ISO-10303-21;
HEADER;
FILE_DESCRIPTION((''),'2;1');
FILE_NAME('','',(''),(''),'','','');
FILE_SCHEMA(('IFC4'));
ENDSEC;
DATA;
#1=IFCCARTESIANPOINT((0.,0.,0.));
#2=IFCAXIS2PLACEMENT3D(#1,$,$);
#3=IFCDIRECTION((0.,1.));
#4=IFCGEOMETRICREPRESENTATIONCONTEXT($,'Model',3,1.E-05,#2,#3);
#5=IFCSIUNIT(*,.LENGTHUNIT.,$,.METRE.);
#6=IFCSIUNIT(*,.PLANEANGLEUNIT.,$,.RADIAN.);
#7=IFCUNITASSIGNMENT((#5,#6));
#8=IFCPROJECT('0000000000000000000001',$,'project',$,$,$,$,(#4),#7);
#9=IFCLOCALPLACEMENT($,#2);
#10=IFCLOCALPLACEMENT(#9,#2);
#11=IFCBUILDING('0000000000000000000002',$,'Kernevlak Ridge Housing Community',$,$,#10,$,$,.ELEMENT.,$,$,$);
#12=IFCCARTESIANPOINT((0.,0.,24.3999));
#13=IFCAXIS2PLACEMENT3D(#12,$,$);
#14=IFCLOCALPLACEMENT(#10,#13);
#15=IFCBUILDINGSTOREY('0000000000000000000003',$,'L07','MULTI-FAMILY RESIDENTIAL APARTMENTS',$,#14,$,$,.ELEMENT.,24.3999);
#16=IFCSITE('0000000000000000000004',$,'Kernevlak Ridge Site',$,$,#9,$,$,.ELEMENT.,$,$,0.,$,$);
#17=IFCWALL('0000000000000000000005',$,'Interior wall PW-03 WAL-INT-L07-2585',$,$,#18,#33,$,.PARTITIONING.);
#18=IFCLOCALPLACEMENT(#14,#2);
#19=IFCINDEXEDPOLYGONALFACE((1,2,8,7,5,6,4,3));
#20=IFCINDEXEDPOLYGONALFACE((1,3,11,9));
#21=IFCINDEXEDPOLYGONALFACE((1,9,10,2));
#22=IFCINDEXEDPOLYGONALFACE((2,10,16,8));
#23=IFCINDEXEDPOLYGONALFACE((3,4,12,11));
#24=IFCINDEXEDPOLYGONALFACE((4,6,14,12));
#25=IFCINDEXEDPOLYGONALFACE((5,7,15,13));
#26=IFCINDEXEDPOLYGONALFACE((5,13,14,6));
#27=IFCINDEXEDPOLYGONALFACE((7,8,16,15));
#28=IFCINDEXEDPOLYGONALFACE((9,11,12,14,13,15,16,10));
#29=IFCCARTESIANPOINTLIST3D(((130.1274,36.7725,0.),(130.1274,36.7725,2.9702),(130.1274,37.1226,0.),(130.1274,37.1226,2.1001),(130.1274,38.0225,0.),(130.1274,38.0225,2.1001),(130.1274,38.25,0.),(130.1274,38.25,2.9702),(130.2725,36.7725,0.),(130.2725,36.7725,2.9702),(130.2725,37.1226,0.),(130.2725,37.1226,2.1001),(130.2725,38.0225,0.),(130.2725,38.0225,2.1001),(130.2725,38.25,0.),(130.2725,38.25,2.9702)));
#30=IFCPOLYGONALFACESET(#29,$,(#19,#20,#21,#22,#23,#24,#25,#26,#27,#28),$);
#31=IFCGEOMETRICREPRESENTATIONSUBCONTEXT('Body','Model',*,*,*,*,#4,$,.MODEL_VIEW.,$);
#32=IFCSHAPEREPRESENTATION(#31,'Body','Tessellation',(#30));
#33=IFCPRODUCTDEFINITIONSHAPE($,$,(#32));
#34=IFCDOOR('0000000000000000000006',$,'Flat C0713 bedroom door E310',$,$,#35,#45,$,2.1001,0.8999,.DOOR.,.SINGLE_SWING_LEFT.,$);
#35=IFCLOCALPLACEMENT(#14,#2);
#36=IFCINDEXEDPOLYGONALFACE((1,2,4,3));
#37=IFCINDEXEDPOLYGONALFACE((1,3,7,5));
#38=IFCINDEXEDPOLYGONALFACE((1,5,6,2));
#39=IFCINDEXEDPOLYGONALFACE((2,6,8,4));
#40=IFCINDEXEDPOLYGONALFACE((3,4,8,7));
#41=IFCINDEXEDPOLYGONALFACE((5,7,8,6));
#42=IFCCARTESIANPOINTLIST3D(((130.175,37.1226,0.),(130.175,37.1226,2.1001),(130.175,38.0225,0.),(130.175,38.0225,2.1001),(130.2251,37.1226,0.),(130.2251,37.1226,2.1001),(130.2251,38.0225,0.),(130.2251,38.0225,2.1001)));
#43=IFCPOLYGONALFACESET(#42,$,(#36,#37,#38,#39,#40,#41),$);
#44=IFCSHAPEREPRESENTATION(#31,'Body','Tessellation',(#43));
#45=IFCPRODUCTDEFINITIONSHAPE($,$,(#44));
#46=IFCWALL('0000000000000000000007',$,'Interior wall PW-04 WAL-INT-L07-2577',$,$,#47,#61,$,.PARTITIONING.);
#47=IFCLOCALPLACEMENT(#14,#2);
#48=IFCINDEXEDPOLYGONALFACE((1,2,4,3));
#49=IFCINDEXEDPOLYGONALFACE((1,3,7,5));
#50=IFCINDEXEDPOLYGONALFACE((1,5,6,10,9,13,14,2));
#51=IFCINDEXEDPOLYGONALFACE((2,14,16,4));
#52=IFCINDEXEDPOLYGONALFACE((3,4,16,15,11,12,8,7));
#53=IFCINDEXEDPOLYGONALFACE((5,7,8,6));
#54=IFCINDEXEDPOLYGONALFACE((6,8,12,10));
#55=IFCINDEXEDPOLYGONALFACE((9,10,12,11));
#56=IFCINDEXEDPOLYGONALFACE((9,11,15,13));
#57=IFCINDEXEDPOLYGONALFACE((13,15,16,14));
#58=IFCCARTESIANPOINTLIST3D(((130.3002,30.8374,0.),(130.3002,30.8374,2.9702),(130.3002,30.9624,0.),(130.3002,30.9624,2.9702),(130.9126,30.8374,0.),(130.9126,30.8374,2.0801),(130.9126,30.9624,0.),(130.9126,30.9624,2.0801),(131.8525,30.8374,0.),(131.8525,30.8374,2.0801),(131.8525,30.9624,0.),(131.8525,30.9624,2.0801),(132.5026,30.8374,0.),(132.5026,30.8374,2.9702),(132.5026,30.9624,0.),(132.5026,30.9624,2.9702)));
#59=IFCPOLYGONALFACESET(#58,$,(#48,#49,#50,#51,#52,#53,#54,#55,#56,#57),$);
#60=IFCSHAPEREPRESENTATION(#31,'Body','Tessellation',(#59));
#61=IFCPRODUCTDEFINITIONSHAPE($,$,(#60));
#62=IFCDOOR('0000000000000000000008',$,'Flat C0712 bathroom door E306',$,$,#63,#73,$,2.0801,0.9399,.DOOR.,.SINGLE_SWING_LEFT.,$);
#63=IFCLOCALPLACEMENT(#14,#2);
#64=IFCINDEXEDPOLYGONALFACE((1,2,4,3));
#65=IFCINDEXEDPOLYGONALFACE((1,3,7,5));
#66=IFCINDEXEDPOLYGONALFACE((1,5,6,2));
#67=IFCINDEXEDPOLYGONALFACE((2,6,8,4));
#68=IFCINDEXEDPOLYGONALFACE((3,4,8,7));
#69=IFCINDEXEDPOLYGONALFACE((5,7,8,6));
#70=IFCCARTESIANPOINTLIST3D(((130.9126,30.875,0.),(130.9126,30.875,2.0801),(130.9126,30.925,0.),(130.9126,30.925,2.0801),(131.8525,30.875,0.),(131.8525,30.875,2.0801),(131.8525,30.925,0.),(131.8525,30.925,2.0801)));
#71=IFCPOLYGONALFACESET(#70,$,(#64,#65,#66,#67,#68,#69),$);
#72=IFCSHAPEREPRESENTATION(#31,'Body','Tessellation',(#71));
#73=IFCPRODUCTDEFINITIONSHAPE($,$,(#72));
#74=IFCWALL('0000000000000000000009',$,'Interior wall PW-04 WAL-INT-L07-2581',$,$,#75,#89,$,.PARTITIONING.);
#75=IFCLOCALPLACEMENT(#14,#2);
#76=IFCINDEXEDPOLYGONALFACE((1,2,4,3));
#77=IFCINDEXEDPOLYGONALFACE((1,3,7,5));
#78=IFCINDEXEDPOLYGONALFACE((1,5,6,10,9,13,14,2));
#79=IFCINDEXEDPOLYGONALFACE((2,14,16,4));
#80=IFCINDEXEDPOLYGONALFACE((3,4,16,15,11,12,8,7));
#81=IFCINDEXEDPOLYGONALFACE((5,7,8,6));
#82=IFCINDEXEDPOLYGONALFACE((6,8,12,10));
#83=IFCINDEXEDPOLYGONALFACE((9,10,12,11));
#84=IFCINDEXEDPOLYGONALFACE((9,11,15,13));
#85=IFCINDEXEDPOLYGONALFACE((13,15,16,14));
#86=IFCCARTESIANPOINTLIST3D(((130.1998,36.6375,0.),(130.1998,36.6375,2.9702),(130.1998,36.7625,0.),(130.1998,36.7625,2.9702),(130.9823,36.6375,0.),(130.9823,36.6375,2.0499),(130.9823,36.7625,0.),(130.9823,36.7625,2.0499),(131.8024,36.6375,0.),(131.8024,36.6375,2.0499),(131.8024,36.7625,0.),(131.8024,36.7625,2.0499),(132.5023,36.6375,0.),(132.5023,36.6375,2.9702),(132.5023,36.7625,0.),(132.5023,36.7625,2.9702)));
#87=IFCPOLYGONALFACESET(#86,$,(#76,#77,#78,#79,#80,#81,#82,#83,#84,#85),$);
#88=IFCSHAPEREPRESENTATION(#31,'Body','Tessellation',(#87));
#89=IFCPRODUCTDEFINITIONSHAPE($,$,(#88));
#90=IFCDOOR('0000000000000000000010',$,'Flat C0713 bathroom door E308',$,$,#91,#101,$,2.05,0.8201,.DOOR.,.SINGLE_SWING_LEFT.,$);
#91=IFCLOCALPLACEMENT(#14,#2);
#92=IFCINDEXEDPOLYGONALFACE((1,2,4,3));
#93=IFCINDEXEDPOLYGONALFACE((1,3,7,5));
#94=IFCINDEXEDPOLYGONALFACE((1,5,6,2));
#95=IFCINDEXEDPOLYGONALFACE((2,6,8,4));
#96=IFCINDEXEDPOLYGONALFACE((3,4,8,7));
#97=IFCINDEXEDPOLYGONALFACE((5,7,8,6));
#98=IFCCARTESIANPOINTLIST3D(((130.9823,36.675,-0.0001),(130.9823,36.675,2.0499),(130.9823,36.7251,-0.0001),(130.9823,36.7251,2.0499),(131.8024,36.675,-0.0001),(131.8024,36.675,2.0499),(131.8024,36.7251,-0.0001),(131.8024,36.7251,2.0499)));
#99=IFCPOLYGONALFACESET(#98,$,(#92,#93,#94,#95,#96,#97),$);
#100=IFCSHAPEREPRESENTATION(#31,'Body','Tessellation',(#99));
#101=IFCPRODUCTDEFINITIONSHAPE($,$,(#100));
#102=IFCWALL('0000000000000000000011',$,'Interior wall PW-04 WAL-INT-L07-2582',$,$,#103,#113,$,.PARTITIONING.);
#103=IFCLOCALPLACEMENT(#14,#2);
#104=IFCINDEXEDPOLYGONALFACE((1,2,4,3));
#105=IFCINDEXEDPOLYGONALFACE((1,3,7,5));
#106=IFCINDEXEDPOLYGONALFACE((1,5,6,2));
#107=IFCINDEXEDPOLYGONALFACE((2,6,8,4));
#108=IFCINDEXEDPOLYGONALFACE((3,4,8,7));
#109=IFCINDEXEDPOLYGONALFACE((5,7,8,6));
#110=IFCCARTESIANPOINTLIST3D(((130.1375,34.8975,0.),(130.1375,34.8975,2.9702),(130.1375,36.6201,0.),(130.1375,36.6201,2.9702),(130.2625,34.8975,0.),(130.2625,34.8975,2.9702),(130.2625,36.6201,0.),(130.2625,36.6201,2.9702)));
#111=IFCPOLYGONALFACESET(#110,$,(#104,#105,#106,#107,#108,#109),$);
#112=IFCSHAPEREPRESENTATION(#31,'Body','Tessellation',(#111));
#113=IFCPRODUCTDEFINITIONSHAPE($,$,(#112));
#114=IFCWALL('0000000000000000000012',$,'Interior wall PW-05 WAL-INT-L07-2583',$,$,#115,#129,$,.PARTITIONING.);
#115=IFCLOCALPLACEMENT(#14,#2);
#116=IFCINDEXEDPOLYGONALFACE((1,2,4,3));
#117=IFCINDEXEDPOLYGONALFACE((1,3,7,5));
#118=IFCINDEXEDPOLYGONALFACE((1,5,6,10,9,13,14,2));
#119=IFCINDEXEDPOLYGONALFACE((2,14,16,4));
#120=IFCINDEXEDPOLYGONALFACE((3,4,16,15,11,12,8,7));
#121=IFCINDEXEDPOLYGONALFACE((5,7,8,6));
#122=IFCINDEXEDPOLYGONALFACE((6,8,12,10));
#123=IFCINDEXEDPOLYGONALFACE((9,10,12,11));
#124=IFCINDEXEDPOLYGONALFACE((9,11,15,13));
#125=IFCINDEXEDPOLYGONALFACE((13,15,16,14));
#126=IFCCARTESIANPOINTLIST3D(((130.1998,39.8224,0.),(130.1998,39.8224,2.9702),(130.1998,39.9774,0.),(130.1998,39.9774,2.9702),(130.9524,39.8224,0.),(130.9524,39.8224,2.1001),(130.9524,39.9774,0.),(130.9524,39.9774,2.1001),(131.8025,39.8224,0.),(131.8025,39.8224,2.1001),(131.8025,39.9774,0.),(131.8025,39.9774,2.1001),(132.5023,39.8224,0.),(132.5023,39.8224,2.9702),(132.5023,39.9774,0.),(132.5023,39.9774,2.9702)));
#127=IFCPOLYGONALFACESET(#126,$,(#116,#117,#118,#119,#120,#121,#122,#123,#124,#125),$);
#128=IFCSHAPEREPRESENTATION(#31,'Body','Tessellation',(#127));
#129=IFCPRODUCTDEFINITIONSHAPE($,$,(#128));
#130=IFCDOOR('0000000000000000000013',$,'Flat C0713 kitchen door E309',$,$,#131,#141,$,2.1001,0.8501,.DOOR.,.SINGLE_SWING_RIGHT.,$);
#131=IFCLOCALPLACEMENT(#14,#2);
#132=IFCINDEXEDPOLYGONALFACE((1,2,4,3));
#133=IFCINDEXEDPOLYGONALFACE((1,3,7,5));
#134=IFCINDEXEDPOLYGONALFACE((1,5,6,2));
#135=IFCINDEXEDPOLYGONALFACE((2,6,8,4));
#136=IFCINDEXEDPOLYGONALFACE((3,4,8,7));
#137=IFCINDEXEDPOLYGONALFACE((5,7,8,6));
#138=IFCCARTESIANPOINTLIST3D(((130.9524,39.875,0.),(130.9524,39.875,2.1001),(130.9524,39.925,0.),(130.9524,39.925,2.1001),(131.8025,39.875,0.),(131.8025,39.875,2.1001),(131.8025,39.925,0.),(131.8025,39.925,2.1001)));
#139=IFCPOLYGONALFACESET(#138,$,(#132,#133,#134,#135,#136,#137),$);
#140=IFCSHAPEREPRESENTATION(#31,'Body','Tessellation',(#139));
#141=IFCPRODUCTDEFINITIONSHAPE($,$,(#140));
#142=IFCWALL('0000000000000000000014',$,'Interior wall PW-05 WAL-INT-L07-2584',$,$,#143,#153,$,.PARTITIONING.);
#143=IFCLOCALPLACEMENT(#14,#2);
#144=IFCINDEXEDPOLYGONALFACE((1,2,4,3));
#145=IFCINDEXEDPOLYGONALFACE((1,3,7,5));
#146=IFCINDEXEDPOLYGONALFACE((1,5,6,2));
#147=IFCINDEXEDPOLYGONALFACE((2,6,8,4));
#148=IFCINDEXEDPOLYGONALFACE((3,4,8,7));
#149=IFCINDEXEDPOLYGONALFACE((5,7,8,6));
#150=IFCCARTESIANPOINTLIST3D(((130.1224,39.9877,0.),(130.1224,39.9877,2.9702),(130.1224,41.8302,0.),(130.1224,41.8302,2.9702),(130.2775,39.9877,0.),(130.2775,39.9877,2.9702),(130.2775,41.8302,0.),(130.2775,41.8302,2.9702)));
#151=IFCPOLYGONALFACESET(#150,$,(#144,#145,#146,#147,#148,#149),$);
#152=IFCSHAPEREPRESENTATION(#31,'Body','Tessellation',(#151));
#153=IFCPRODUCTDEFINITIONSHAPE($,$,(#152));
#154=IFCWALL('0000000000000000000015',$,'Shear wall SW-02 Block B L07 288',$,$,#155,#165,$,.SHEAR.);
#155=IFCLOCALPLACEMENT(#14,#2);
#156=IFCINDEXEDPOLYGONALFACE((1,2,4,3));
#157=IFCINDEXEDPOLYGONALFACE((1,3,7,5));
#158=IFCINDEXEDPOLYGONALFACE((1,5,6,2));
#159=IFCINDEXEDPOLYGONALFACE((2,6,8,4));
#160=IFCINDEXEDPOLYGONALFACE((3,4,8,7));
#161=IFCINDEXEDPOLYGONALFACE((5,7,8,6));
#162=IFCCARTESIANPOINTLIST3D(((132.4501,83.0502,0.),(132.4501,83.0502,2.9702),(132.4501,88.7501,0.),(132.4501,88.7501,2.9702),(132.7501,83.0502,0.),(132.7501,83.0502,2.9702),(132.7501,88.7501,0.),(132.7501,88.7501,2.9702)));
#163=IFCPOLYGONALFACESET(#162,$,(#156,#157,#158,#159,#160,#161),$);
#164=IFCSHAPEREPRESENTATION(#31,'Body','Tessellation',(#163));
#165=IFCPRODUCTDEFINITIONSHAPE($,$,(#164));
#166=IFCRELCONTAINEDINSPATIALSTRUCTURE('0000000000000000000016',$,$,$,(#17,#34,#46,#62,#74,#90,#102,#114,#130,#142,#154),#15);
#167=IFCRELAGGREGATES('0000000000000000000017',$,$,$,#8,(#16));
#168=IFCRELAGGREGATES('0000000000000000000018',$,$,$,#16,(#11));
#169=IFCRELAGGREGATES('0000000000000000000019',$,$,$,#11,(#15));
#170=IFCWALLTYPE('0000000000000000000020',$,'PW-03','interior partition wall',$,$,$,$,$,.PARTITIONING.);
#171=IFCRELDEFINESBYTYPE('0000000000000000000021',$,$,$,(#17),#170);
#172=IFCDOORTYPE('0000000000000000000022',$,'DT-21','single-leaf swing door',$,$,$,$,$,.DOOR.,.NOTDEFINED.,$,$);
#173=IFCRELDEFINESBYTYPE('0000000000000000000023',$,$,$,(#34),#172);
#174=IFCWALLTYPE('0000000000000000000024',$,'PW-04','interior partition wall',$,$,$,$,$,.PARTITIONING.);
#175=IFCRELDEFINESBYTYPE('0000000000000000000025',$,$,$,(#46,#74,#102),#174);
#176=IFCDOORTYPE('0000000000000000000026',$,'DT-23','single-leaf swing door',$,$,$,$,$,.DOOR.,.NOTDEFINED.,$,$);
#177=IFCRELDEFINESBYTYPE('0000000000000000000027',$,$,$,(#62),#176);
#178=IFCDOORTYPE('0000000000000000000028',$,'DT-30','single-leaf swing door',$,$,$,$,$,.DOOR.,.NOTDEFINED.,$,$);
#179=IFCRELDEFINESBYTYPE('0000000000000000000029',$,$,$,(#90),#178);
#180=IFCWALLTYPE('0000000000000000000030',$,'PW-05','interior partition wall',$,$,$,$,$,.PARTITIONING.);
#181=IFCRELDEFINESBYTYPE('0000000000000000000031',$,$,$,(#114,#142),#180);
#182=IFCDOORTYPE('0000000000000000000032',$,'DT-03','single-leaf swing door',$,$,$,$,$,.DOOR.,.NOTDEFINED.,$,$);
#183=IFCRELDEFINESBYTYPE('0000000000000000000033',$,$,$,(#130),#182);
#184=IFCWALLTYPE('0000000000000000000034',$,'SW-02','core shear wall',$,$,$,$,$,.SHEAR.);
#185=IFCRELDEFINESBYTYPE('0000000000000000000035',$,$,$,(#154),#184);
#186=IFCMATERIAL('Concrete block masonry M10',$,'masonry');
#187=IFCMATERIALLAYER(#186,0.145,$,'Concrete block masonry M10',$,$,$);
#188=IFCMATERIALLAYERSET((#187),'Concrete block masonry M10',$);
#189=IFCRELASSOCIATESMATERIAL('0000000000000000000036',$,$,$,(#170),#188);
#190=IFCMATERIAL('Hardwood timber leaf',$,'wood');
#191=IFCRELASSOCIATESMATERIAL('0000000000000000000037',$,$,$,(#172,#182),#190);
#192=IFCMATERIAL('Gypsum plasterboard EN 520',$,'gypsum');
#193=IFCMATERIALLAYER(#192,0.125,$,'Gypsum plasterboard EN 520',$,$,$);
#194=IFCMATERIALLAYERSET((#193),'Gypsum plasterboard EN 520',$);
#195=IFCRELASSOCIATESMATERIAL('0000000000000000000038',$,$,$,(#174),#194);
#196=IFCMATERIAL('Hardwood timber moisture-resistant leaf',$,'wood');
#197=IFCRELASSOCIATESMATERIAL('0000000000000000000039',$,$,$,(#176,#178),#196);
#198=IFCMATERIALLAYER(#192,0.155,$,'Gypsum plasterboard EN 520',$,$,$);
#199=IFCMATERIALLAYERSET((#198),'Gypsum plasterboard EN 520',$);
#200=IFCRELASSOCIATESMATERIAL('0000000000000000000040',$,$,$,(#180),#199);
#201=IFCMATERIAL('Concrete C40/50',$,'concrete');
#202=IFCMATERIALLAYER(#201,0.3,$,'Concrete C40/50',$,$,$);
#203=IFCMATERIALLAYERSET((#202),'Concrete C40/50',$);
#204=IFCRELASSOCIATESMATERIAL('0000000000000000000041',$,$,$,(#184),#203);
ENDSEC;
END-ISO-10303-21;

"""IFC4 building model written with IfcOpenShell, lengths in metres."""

from ifc_helpers import new_model, si_unit, direction, frame, frame_2d, origin, place, context, subcontext, project, spatial, rectangle, extrude, material, layer, layer_set, type_object, element, fill, save


model = new_model("IFC4")

# Units and contexts
model_context = context("Model", 3, precision=1e-05, world=origin(), true_north=direction((0.0, 1.0)))
body_context = subcontext(model_context, "Body", "Model", "MODEL_VIEW")
ifc_project = project(units=[si_unit("LENGTHUNIT", "METRE"), si_unit("PLANEANGLEUNIT", "RADIAN")], contexts=[model_context])

# Site, building, storey
site_placement = place(None, origin())
site = spatial("IfcSite", under=ifc_project, at=site_placement, Name="Kernevlak Ridge Site", CompositionType="ELEMENT", RefElevation=0.0)
building_placement = place(site_placement, origin())
building = spatial("IfcBuilding", under=site, at=building_placement, Name="Kernevlak Ridge Housing Community", CompositionType="ELEMENT")
storey_placement = place(building_placement, frame((0.0, 0.0, 24.3999)))
storey = spatial("IfcBuildingStorey", under=building, at=storey_placement, Name="L07", Description="MULTI-FAMILY RESIDENTIAL APARTMENTS", CompositionType="ELEMENT", Elevation=24.3999)

# Shared definitions
ifc_material_1 = material(Name="Concrete C40/50", Category="concrete")

# Shared definitions
ifc_material_2 = material(Name="Concrete block masonry M10", Category="masonry")

# Walls, openings, doors
ifc_layer_1 = layer(ifc_material_2, 0.145, Name="Concrete block masonry M10")
ifc_layer_set_1 = layer_set([ifc_layer_1], Name="Concrete block masonry M10")
wall_type_1 = type_object("IfcWallType", Name="PW-03", Description="interior partition wall", PredefinedType="PARTITIONING", material=ifc_layer_set_1)
wall_1_placement = place(storey_placement, frame((130.2, 36.7725, 0.0), z_axis=(0.0, 0.0, 1.0), x_axis=(0.0, 1.0, 0.0)))
wall_1 = element("IfcWall", 1, at=wall_1_placement, inside=storey, type_object=wall_type_1, Name="Interior wall PW-03 WAL-INT-L07-2585", PredefinedType="PARTITIONING", context=body_context, shape_type="SweptSolid", body=[
    extrude(rectangle(XDim=1.4775, YDim=0.145, at=frame_2d((0.7388, 0.0))), origin(), (0.0, 0.0, 1.0), 2.9702),
])
opening_1_placement = place(wall_1_placement, frame((0.3501, 0.0, 0.0)))
opening_1 = element("IfcOpeningElement", 2, at=opening_1_placement, cuts=wall_1, PredefinedType="OPENING", context=body_context, shape_type="SweptSolid", body=[
    extrude(rectangle(XDim=0.8999, YDim=2.1001, at=frame_2d((0.45, 1.05))), frame((0.0, 0.0825, 0.0), z_axis=(0.0, -1.0, 0.0), x_axis=(1.0, 0.0, 0.0)), (0.0, 0.0, 1.0), 0.165),
])
ifc_material_3 = material(Name="Hardwood timber leaf", Category="wood")
door_type_1 = type_object("IfcDoorType", Name="DT-21", Description="single-leaf swing door", OperationType="NOTDEFINED", PredefinedType="DOOR", material=ifc_material_3)
door_1_placement = place(opening_1_placement, origin())
door_1 = element("IfcDoor", 3, at=door_1_placement, inside=storey, type_object=door_type_1, Name="Flat C0713 bedroom door E310", OperationType="SINGLE_SWING_LEFT", OverallHeight=2.1001, OverallWidth=0.8999, PredefinedType="DOOR", context=body_context, shape_type="SweptSolid", body=[
    extrude(rectangle(XDim=0.8999, YDim=2.1001, at=frame_2d((0.45, 1.05))), frame((0.0, 0.0249, 0.0), z_axis=(0.0, -1.0, 0.0), x_axis=(1.0, 0.0, 0.0)), (0.0, 0.0, 1.0), 0.05),
])
fill(opening_1, door_1)
ifc_material_4 = material(Name="Gypsum plasterboard EN 520", Category="gypsum")
ifc_layer_2 = layer(ifc_material_4, 0.125, Name="Gypsum plasterboard EN 520")
ifc_layer_set_2 = layer_set([ifc_layer_2], Name="Gypsum plasterboard EN 520")
wall_type_2 = type_object("IfcWallType", Name="PW-04", Description="interior partition wall", PredefinedType="PARTITIONING", material=ifc_layer_set_2)
wall_2_placement = place(storey_placement, frame((132.5024, 30.8999, 0.0), z_axis=(0.0, 0.0, 1.0), x_axis=(-1.0, 0.0, 0.0)))
wall_2 = element("IfcWall", 4, at=wall_2_placement, inside=storey, type_object=wall_type_2, Name="Interior wall PW-04 WAL-INT-L07-2577", PredefinedType="PARTITIONING", context=body_context, shape_type="SweptSolid", body=[
    extrude(rectangle(XDim=2.2024, YDim=0.125, at=frame_2d((1.1011, 0.0))), origin(), (0.0, 0.0, 1.0), 2.9702),
])
opening_2_placement = place(wall_2_placement, frame((0.6499, 0.0, 0.0)))
opening_2 = element("IfcOpeningElement", 5, at=opening_2_placement, cuts=wall_2, PredefinedType="OPENING", context=body_context, shape_type="SweptSolid", body=[
    extrude(rectangle(XDim=0.9399, YDim=2.0801, at=frame_2d((0.47, 1.04))), frame((0.0, 0.0725, 0.0), z_axis=(0.0, -1.0, 0.0), x_axis=(1.0, 0.0, 0.0)), (0.0, 0.0, 1.0), 0.145),
])
ifc_material_5 = material(Name="Hardwood timber moisture-resistant leaf", Category="wood")
door_type_2 = type_object("IfcDoorType", Name="DT-23", Description="single-leaf swing door", OperationType="NOTDEFINED", PredefinedType="DOOR", material=ifc_material_5)
door_2_placement = place(opening_2_placement, origin())
door_2 = element("IfcDoor", 6, at=door_2_placement, inside=storey, type_object=door_type_2, Name="Flat C0712 bathroom door E306", OperationType="SINGLE_SWING_LEFT", OverallHeight=2.0801, OverallWidth=0.9399, PredefinedType="DOOR", context=body_context, shape_type="SweptSolid", body=[
    extrude(rectangle(XDim=0.9399, YDim=2.0801, at=frame_2d((0.47, 1.04))), frame((0.0, 0.0249, 0.0), z_axis=(0.0, -1.0, 0.0), x_axis=(1.0, 0.0, 0.0)), (0.0, 0.0, 1.0), 0.05),
])
fill(opening_2, door_2)
wall_3_placement = place(storey_placement, frame((132.5024, 36.7, 0.0), z_axis=(0.0, 0.0, 1.0), x_axis=(-1.0, 0.0, 0.0)))
wall_3 = element("IfcWall", 7, at=wall_3_placement, inside=storey, type_object=wall_type_2, Name="Interior wall PW-04 WAL-INT-L07-2581", PredefinedType="PARTITIONING", context=body_context, shape_type="SweptSolid", body=[
    extrude(rectangle(XDim=2.3025, YDim=0.125, at=frame_2d((1.1514, 0.0))), origin(), (0.0, 0.0, 1.0), 2.9702),
])
opening_3_placement = place(wall_3_placement, frame((0.7, 0.0, 0.0)))
opening_3 = element("IfcOpeningElement", 8, at=opening_3_placement, cuts=wall_3, PredefinedType="OPENING", context=body_context, shape_type="SweptSolid", body=[
    extrude(rectangle(XDim=0.8201, YDim=2.05, at=frame_2d((0.4102, 1.0249))), frame((0.0, 0.0725, 0.0), z_axis=(0.0, -1.0, 0.0), x_axis=(1.0, 0.0, 0.0)), (0.0, 0.0, 1.0), 0.145),
])
door_type_3 = type_object("IfcDoorType", Name="DT-30", Description="single-leaf swing door", OperationType="NOTDEFINED", PredefinedType="DOOR", material=ifc_material_5)
door_3_placement = place(opening_3_placement, origin())
door_3 = element("IfcDoor", 9, at=door_3_placement, inside=storey, type_object=door_type_3, Name="Flat C0713 bathroom door E308", OperationType="SINGLE_SWING_LEFT", OverallHeight=2.05, OverallWidth=0.8201, PredefinedType="DOOR", context=body_context, shape_type="SweptSolid", body=[
    extrude(rectangle(XDim=0.8201, YDim=2.05, at=frame_2d((0.4102, 1.0249))), frame((0.0, 0.0249, 0.0), z_axis=(0.0, -1.0, 0.0), x_axis=(1.0, 0.0, 0.0)), (0.0, 0.0, 1.0), 0.05),
])
fill(opening_3, door_3)

# Wall
wall_4_placement = place(storey_placement, frame((130.2, 34.8975, 0.0), z_axis=(0.0, 0.0, 1.0), x_axis=(0.0, 1.0, 0.0)))
element("IfcWall", 10, at=wall_4_placement, inside=storey, type_object=wall_type_2, Name="Interior wall PW-04 WAL-INT-L07-2582", PredefinedType="PARTITIONING", context=body_context, shape_type="SweptSolid", body=[
    extrude(rectangle(XDim=1.7227, YDim=0.125, at=frame_2d((0.8613, 0.0))), origin(), (0.0, 0.0, 1.0), 2.9702),
])

# Wall, opening, door
ifc_layer_3 = layer(ifc_material_4, 0.155, Name="Gypsum plasterboard EN 520")
ifc_layer_set_3 = layer_set([ifc_layer_3], Name="Gypsum plasterboard EN 520")
wall_type_3 = type_object("IfcWallType", Name="PW-05", Description="interior partition wall", PredefinedType="PARTITIONING", material=ifc_layer_set_3)
wall_5_placement = place(storey_placement, frame((132.5024, 39.8999, 0.0), z_axis=(0.0, 0.0, 1.0), x_axis=(-1.0, 0.0, 0.0)))
wall_5 = element("IfcWall", 11, at=wall_5_placement, inside=storey, type_object=wall_type_3, Name="Interior wall PW-05 WAL-INT-L07-2583", PredefinedType="PARTITIONING", context=body_context, shape_type="SweptSolid", body=[
    extrude(rectangle(XDim=2.3025, YDim=0.155, at=frame_2d((1.1514, 0.0))), origin(), (0.0, 0.0, 1.0), 2.9702),
])
opening_4_placement = place(wall_5_placement, frame((0.7, 0.0, 0.0)))
opening_4 = element("IfcOpeningElement", 12, at=opening_4_placement, cuts=wall_5, PredefinedType="OPENING", context=body_context, shape_type="SweptSolid", body=[
    extrude(rectangle(XDim=0.8501, YDim=2.1001, at=frame_2d((0.425, 1.05))), frame((0.0, 0.0874, 0.0), z_axis=(0.0, -1.0, 0.0), x_axis=(1.0, 0.0, 0.0)), (0.0, 0.0, 1.0), 0.175),
])
door_type_4 = type_object("IfcDoorType", Name="DT-03", Description="single-leaf swing door", OperationType="NOTDEFINED", PredefinedType="DOOR", material=ifc_material_3)
door_4_placement = place(opening_4_placement, origin())
door_4 = element("IfcDoor", 13, at=door_4_placement, inside=storey, type_object=door_type_4, Name="Flat C0713 kitchen door E309", OperationType="SINGLE_SWING_RIGHT", OverallHeight=2.1001, OverallWidth=0.8501, PredefinedType="DOOR", context=body_context, shape_type="SweptSolid", body=[
    extrude(rectangle(XDim=0.8501, YDim=2.1001, at=frame_2d((0.425, 1.05))), frame((0.0, 0.0249, 0.0), z_axis=(0.0, -1.0, 0.0), x_axis=(1.0, 0.0, 0.0)), (0.0, 0.0, 1.0), 0.05),
])
fill(opening_4, door_4)

# Walls
wall_6_placement = place(storey_placement, frame((130.2, 39.9875, 0.0), z_axis=(0.0, 0.0, 1.0), x_axis=(0.0, 1.0, 0.0)))
element("IfcWall", 14, at=wall_6_placement, inside=storey, type_object=wall_type_3, Name="Interior wall PW-05 WAL-INT-L07-2584", PredefinedType="PARTITIONING", context=body_context, shape_type="SweptSolid", body=[
    extrude(rectangle(XDim=1.8425, YDim=0.155, at=frame_2d((0.9214, 0.0))), origin(), (0.0, 0.0, 1.0), 2.9702),
])
ifc_layer_4 = layer(ifc_material_1, 0.3, Name="Concrete C40/50")
ifc_layer_set_4 = layer_set([ifc_layer_4], Name="Concrete C40/50")
wall_type_4 = type_object("IfcWallType", Name="SW-02", Description="core shear wall", PredefinedType="SHEAR", material=ifc_layer_set_4)
wall_7_placement = place(storey_placement, frame((132.6001, 83.05, 0.0), z_axis=(0.0, 0.0, 1.0), x_axis=(0.0, 1.0, 0.0)))
element("IfcWall", 15, at=wall_7_placement, inside=storey, type_object=wall_type_4, Name="Shear wall SW-02 Block B L07 288", PredefinedType="SHEAR", context=body_context, shape_type="SweptSolid", body=[
    extrude(rectangle(XDim=5.7, YDim=0.3, at=frame_2d((2.8501, 0.0))), origin(), (0.0, 0.0, 1.0), 2.9702),
])

save(model, "model.ifc")
